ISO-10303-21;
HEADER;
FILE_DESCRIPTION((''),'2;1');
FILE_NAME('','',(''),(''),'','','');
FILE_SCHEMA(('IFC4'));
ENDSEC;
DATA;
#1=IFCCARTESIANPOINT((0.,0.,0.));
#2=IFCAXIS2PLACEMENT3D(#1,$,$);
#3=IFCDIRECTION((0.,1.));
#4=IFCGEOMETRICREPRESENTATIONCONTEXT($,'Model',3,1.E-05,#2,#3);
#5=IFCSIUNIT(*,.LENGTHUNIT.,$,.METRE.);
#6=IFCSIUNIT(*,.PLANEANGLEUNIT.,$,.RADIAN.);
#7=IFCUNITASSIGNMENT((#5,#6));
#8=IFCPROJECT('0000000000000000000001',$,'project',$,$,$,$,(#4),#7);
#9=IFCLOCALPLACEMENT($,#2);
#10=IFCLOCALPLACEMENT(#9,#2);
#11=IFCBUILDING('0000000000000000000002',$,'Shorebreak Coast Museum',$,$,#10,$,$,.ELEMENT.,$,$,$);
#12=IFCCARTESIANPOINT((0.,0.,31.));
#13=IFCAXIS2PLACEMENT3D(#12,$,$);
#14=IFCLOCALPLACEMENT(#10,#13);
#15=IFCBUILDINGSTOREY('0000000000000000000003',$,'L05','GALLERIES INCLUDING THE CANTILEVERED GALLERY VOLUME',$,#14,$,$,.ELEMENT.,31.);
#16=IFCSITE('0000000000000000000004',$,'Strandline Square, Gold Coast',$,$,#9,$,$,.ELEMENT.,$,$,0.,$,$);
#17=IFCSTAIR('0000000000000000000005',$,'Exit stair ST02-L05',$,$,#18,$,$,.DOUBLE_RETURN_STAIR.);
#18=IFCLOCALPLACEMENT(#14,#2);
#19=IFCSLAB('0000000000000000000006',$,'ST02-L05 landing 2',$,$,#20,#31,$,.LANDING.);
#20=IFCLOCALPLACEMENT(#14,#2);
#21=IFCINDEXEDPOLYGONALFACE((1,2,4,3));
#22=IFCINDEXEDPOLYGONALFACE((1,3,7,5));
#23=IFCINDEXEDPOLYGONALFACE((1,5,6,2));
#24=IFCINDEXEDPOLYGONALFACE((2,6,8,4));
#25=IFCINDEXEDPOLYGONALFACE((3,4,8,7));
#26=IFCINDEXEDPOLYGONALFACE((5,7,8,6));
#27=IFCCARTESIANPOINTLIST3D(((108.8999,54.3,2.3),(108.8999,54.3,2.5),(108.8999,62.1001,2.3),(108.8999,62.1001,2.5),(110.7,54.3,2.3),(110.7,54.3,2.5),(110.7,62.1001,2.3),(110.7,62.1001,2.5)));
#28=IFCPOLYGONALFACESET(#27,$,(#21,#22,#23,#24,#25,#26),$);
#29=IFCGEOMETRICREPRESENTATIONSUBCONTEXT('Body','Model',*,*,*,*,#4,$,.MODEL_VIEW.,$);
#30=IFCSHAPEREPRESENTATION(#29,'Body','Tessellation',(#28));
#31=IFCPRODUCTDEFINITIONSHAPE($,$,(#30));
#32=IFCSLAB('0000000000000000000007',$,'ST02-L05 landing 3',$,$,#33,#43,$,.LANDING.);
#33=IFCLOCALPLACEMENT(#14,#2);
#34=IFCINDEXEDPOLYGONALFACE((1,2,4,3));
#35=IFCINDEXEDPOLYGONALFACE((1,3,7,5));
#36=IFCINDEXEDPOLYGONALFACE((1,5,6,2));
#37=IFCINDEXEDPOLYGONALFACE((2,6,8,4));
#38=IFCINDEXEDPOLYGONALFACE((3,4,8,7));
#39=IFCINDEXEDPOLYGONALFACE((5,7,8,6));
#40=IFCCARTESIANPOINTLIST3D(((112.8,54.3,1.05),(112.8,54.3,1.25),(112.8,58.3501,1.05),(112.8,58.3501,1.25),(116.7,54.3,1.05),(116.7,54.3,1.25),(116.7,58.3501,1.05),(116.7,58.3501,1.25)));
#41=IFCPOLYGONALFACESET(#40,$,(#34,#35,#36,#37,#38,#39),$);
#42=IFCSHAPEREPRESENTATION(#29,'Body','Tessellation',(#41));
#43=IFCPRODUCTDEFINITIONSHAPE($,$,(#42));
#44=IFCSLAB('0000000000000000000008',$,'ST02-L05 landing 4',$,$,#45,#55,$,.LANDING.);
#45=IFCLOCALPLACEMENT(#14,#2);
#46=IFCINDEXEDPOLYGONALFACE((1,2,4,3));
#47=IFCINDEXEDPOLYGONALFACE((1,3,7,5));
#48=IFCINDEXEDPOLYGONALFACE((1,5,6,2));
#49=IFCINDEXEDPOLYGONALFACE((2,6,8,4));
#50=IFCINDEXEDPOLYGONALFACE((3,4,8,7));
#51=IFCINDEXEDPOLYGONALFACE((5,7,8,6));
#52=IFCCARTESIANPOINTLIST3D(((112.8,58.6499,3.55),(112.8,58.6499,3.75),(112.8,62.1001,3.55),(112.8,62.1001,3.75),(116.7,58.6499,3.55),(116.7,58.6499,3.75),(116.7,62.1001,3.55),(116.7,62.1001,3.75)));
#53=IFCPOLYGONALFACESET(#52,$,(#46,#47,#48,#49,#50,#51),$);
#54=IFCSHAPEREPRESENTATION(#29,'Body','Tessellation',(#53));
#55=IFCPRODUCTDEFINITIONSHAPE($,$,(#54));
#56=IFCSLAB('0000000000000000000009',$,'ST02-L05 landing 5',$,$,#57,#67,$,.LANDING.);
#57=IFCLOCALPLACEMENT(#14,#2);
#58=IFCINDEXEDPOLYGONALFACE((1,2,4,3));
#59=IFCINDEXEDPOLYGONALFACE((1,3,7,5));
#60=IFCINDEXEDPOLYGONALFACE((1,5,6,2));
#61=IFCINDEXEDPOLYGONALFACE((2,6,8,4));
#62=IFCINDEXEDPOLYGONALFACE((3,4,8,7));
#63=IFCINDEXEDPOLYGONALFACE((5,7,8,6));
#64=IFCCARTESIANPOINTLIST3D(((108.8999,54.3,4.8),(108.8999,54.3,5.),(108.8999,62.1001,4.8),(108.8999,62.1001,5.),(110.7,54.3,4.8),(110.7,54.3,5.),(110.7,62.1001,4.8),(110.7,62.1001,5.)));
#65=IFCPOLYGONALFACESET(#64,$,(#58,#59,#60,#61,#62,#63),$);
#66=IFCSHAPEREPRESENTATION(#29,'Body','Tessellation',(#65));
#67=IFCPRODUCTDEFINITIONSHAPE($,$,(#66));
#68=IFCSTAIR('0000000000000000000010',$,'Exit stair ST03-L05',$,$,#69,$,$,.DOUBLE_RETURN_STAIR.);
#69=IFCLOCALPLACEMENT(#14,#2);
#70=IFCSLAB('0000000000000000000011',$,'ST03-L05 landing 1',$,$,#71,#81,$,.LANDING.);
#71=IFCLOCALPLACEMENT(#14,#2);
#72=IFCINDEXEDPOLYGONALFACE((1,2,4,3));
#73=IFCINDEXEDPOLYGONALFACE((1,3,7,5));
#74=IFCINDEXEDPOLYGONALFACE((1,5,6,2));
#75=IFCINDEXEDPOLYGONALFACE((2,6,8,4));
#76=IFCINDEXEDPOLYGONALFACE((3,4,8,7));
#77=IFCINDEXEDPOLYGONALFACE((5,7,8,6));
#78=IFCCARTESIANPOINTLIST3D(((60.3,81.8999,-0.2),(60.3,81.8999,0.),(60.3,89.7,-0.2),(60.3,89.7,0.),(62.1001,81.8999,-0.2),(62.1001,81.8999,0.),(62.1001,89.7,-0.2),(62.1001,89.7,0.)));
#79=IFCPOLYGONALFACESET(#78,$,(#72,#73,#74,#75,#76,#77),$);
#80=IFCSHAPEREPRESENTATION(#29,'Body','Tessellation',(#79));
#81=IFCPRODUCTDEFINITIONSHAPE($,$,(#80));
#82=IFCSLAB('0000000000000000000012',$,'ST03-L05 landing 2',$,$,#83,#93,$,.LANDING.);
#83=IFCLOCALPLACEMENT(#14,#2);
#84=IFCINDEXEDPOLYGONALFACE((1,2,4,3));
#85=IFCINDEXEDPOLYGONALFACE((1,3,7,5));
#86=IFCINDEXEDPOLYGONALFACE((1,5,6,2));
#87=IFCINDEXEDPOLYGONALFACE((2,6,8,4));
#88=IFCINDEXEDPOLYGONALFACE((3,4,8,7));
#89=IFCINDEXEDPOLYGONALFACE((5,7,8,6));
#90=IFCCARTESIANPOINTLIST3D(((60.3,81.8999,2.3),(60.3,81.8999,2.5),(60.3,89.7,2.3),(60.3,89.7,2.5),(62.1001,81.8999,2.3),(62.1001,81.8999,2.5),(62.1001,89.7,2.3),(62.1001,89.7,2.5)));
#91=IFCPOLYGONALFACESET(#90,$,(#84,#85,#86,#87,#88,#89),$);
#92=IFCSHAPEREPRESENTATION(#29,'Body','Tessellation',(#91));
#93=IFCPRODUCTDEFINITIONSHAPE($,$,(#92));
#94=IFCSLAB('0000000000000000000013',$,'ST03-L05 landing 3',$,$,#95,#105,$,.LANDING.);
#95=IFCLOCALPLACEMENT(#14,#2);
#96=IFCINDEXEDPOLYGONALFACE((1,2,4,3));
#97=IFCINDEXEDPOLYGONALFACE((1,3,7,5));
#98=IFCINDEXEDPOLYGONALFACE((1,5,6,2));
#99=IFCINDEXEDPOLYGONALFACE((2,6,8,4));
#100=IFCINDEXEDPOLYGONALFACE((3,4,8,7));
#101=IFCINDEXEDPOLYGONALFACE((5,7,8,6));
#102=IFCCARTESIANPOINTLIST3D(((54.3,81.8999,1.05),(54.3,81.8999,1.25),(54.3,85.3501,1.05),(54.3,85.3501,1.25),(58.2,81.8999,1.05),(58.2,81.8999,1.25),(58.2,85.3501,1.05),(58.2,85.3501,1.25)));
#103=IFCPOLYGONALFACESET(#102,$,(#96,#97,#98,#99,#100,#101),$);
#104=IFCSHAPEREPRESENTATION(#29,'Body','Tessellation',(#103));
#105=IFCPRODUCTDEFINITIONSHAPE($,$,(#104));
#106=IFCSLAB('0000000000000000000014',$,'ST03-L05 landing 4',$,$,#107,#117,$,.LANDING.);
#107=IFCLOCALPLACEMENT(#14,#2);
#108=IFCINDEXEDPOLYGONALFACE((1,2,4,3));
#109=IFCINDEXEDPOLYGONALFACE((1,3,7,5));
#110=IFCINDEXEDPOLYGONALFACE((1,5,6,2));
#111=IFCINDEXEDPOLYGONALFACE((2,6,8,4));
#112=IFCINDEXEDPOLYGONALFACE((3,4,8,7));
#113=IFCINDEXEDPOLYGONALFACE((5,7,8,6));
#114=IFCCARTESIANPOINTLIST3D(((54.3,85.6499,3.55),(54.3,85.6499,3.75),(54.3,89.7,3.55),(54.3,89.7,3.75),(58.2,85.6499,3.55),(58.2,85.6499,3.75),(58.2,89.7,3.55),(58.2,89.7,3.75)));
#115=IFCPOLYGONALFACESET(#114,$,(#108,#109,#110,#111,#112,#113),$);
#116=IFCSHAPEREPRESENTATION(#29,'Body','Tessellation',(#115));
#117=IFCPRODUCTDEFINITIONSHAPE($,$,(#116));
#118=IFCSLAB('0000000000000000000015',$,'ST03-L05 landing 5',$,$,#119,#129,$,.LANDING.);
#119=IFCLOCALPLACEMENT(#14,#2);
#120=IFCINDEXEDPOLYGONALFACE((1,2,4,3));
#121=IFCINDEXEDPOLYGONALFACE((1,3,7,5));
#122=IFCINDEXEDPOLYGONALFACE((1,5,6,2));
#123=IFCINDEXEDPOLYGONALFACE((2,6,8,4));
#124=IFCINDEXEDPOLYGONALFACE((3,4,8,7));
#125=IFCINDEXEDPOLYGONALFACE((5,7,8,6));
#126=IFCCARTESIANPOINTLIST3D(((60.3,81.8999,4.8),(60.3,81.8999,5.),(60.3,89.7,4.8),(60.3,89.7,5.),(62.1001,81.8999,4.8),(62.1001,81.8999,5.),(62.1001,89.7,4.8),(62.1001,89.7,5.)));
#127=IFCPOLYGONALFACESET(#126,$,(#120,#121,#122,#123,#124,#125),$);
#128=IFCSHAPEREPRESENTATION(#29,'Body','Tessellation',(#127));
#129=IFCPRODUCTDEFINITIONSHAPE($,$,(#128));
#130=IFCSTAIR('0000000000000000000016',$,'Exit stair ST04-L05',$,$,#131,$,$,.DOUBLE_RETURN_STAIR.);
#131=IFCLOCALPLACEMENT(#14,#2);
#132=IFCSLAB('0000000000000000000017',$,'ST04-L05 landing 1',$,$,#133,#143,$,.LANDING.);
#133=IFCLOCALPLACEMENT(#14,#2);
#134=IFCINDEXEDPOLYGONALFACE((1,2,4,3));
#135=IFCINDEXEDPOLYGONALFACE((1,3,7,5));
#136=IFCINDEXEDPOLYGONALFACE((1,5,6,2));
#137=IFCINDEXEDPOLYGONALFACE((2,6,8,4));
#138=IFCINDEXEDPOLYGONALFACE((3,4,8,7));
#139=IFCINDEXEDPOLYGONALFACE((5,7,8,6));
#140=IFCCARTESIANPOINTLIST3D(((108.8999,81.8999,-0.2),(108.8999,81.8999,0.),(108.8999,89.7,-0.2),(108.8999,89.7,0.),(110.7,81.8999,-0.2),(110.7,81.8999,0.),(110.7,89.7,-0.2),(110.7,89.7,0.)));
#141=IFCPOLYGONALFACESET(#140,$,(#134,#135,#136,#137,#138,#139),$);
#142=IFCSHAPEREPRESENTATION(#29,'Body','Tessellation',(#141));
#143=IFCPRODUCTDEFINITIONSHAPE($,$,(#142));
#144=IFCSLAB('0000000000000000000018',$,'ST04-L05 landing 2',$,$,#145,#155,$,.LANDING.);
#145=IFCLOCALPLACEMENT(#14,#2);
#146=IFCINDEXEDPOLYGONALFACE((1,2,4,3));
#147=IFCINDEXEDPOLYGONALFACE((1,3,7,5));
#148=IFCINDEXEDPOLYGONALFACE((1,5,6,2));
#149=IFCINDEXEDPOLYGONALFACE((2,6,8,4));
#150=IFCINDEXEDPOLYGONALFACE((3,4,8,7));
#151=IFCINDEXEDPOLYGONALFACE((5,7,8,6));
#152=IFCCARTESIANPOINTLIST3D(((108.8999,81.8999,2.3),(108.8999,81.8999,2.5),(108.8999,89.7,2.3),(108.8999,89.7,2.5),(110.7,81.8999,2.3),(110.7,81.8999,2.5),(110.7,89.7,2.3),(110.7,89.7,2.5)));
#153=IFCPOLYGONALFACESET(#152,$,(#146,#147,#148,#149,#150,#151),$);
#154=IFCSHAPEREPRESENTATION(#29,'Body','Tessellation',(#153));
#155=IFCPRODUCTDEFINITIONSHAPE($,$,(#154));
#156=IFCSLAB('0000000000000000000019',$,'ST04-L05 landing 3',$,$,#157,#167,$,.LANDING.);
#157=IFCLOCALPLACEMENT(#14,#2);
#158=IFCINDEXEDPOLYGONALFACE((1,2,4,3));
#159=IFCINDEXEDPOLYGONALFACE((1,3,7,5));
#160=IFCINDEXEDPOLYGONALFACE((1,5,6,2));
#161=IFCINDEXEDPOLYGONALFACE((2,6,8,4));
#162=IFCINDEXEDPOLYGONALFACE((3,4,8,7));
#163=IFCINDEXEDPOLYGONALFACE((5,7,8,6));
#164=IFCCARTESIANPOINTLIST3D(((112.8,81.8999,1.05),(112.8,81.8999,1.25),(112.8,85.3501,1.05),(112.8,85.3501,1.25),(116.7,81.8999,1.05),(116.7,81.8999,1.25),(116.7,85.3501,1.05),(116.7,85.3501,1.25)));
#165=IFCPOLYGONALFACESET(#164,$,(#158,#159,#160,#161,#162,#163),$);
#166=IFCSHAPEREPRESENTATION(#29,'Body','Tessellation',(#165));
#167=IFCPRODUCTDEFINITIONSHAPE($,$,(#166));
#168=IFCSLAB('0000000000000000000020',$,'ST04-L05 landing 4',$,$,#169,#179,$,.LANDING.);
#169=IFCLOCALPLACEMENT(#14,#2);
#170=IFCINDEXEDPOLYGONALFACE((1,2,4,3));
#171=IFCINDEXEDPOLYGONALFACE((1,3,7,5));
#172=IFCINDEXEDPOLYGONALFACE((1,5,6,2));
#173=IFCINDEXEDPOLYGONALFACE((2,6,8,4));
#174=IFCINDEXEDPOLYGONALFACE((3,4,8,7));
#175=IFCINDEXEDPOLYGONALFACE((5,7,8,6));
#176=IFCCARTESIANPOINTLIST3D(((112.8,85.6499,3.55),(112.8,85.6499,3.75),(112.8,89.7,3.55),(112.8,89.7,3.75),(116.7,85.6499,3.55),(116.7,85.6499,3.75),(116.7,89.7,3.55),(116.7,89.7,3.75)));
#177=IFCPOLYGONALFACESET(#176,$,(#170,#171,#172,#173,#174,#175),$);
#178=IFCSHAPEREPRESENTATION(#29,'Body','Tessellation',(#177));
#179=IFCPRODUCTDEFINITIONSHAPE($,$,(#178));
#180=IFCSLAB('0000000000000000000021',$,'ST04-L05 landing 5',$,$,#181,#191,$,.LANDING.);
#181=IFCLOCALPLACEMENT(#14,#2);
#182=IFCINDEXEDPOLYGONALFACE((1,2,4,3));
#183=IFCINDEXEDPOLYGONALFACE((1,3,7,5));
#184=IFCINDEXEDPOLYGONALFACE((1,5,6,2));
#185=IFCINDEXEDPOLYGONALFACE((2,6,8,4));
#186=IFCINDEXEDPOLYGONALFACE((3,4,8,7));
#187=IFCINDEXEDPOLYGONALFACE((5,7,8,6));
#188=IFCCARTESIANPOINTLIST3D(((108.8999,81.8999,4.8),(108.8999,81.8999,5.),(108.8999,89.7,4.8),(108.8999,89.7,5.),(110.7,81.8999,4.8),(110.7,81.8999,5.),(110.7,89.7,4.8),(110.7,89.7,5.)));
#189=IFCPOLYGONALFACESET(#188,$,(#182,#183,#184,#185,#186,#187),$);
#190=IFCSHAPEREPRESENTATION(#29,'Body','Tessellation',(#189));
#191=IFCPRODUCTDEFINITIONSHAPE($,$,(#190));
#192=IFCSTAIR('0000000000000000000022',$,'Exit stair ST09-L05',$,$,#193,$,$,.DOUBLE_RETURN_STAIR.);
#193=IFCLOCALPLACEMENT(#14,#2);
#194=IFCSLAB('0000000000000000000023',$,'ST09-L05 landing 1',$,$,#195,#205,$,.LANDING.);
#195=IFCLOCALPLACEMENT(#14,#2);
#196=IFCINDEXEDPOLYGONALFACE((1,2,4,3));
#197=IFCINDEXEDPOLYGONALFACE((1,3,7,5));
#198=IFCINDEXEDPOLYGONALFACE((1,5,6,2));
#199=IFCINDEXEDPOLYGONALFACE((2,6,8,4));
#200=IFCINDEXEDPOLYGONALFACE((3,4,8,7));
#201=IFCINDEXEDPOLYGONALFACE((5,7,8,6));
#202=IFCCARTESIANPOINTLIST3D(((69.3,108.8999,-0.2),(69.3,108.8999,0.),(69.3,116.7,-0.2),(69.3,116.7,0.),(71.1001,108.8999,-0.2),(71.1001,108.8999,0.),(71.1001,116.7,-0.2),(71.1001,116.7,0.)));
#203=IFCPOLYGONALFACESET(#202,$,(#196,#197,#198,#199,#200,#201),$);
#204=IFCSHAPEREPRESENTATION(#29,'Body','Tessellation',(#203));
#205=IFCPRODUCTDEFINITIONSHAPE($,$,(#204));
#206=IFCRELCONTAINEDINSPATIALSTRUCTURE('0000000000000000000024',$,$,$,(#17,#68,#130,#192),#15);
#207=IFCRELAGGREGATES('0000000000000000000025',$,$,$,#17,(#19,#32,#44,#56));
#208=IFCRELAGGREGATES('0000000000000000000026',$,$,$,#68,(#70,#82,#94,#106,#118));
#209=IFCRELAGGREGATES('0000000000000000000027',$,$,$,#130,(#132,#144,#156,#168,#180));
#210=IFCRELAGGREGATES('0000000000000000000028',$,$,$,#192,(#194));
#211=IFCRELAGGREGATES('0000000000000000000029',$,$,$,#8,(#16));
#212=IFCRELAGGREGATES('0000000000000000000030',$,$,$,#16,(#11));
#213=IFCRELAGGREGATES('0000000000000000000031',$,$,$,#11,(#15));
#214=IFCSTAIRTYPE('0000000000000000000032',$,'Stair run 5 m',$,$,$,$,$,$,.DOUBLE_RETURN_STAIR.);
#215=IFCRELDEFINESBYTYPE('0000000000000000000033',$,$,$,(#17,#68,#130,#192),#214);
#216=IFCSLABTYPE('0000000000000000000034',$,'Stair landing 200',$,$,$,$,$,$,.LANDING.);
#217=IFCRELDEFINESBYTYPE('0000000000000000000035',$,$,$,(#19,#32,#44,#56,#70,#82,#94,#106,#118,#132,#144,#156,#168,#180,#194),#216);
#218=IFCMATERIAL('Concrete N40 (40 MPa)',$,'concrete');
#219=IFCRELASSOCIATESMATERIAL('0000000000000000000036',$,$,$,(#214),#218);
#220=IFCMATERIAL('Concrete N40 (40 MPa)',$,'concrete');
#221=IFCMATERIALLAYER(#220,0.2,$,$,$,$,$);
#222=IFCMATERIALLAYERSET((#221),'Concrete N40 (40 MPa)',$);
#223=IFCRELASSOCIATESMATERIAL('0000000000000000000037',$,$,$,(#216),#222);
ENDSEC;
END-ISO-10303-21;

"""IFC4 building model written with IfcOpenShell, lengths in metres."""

from ifc_helpers import new_model, si_unit, direction, frame, origin, place, context, subcontext, project, spatial, polyline, outline, extrude, material, layer, layer_set, type_object, element, aggregate, save


model = new_model("IFC4")

# Units and contexts
model_context = context("Model", 3, precision=1e-05, world=origin(), true_north=direction((0.0, 1.0)))
body_context = subcontext(model_context, "Body", "Model", "MODEL_VIEW")
ifc_project = project(units=[si_unit("LENGTHUNIT", "METRE"), si_unit("PLANEANGLEUNIT", "RADIAN")], contexts=[model_context])

# Site, building, storey
site_placement = place(None, origin())
site = spatial("IfcSite", under=ifc_project, at=site_placement, Name="Strandline Square, Gold Coast", CompositionType="ELEMENT", RefElevation=0.0)
building_placement = place(site_placement, origin())
building = spatial("IfcBuilding", under=site, at=building_placement, Name="Shorebreak Coast Museum", CompositionType="ELEMENT")
storey_placement = place(building_placement, frame((0.0, 0.0, 31.0)))
storey = spatial("IfcBuildingStorey", under=building, at=storey_placement, Name="L05", Description="GALLERIES INCLUDING THE CANTILEVERED GALLERY VOLUME", CompositionType="ELEMENT", Elevation=31.0)

# Stairs, slabs
ifc_material_1 = material(Name="Concrete N40 (40 MPa)", Category="concrete")
stair_type = type_object("IfcStairType", Name="Stair run 5 m", PredefinedType="DOUBLE_RETURN_STAIR", material=ifc_material_1)
ifc_material_2 = material(Name="Concrete N40 (40 MPa)", Category="concrete")
ifc_layer_1 = layer(ifc_material_2, 0.2)
ifc_layer_set_1 = layer_set([ifc_layer_1], Name="Concrete N40 (40 MPa)")
slab_type_1 = type_object("IfcSlabType", Name="Stair landing 200", PredefinedType="LANDING", material=ifc_layer_set_1)
stair_1_placement = place(storey_placement, origin())
stair_1 = element("IfcStair", 1, at=stair_1_placement, inside=storey, type_object=stair_type, Name="Exit stair ST02-L05", PredefinedType="DOUBLE_RETURN_STAIR")
slab_1_placement = place(storey_placement, frame((0.0, 0.0, 2.3)))
slab_1 = element("IfcSlab", 2, at=slab_1_placement, type_object=slab_type_1, Name="ST02-L05 landing 2", PredefinedType="LANDING", context=body_context, shape_type="SweptSolid", body=[
    extrude(outline(polyline([(108.8999, 54.3), (110.7, 54.3), (110.7, 62.1001), (108.8999, 62.1001), (108.8999, 54.3)])), origin(), (0.0, 0.0, 1.0), 0.2),
])
slab_2_placement = place(storey_placement, frame((0.0, 0.0, 1.05)))
slab_2 = element("IfcSlab", 3, at=slab_2_placement, type_object=slab_type_1, Name="ST02-L05 landing 3", PredefinedType="LANDING", context=body_context, shape_type="SweptSolid", body=[
    extrude(outline(polyline([(112.8, 54.3), (116.7, 54.3), (116.7, 58.3501), (112.8, 58.3501), (112.8, 54.3)])), origin(), (0.0, 0.0, 1.0), 0.2),
])
slab_3_placement = place(storey_placement, frame((0.0, 0.0, 3.55)))
slab_3 = element("IfcSlab", 4, at=slab_3_placement, type_object=slab_type_1, Name="ST02-L05 landing 4", PredefinedType="LANDING", context=body_context, shape_type="SweptSolid", body=[
    extrude(outline(polyline([(112.8, 58.6499), (116.7, 58.6499), (116.7, 62.1001), (112.8, 62.1001), (112.8, 58.6499)])), origin(), (0.0, 0.0, 1.0), 0.2),
])
slab_4_placement = place(storey_placement, frame((0.0, 0.0, 4.8)))
slab_4 = element("IfcSlab", 5, at=slab_4_placement, type_object=slab_type_1, Name="ST02-L05 landing 5", PredefinedType="LANDING", context=body_context, shape_type="SweptSolid", body=[
    extrude(outline(polyline([(108.8999, 54.3), (110.7, 54.3), (110.7, 62.1001), (108.8999, 62.1001), (108.8999, 54.3)])), origin(), (0.0, 0.0, 1.0), 0.2),
])
aggregate(stair_1, [slab_1, slab_2, slab_3, slab_4])
stair_2_placement = place(storey_placement, origin())
stair_2 = element("IfcStair", 6, at=stair_2_placement, inside=storey, type_object=stair_type, Name="Exit stair ST03-L05", PredefinedType="DOUBLE_RETURN_STAIR")
slab_5_placement = place(storey_placement, frame((0.0, 0.0, -0.2)))
slab_5 = element("IfcSlab", 7, at=slab_5_placement, type_object=slab_type_1, Name="ST03-L05 landing 1", PredefinedType="LANDING", context=body_context, shape_type="SweptSolid", body=[
    extrude(outline(polyline([(60.3, 81.8999), (62.1001, 81.8999), (62.1001, 89.7), (60.3, 89.7), (60.3, 81.8999)])), origin(), (0.0, 0.0, 1.0), 0.2),
])
slab_6_placement = place(storey_placement, frame((0.0, 0.0, 2.3)))
slab_6 = element("IfcSlab", 8, at=slab_6_placement, type_object=slab_type_1, Name="ST03-L05 landing 2", PredefinedType="LANDING", context=body_context, shape_type="SweptSolid", body=[
    extrude(outline(polyline([(60.3, 81.8999), (62.1001, 81.8999), (62.1001, 89.7), (60.3, 89.7), (60.3, 81.8999)])), origin(), (0.0, 0.0, 1.0), 0.2),
])
slab_7_placement = place(storey_placement, frame((0.0, 0.0, 1.05)))
slab_7 = element("IfcSlab", 9, at=slab_7_placement, type_object=slab_type_1, Name="ST03-L05 landing 3", PredefinedType="LANDING", context=body_context, shape_type="SweptSolid", body=[
    extrude(outline(polyline([(54.3, 81.8999), (58.2, 81.8999), (58.2, 85.3501), (54.3, 85.3501), (54.3, 81.8999)])), origin(), (0.0, 0.0, 1.0), 0.2),
])
slab_8_placement = place(storey_placement, frame((0.0, 0.0, 3.55)))
slab_8 = element("IfcSlab", 10, at=slab_8_placement, type_object=slab_type_1, Name="ST03-L05 landing 4", PredefinedType="LANDING", context=body_context, shape_type="SweptSolid", body=[
    extrude(outline(polyline([(54.3, 85.6499), (58.2, 85.6499), (58.2, 89.7), (54.3, 89.7), (54.3, 85.6499)])), origin(), (0.0, 0.0, 1.0), 0.2),
])
slab_9_placement = place(storey_placement, frame((0.0, 0.0, 4.8)))
slab_9 = element("IfcSlab", 11, at=slab_9_placement, type_object=slab_type_1, Name="ST03-L05 landing 5", PredefinedType="LANDING", context=body_context, shape_type="SweptSolid", body=[
    extrude(outline(polyline([(60.3, 81.8999), (62.1001, 81.8999), (62.1001, 89.7), (60.3, 89.7), (60.3, 81.8999)])), origin(), (0.0, 0.0, 1.0), 0.2),
])
aggregate(stair_2, [slab_5, slab_6, slab_7, slab_8, slab_9])
stair_3_placement = place(storey_placement, origin())
stair_3 = element("IfcStair", 12, at=stair_3_placement, inside=storey, type_object=stair_type, Name="Exit stair ST04-L05", PredefinedType="DOUBLE_RETURN_STAIR")
slab_10_placement = place(storey_placement, frame((0.0, 0.0, -0.2)))
slab_10 = element("IfcSlab", 13, at=slab_10_placement, type_object=slab_type_1, Name="ST04-L05 landing 1", PredefinedType="LANDING", context=body_context, shape_type="SweptSolid", body=[
    extrude(outline(polyline([(108.8999, 81.8999), (110.7, 81.8999), (110.7, 89.7), (108.8999, 89.7), (108.8999, 81.8999)])), origin(), (0.0, 0.0, 1.0), 0.2),
])
slab_11_placement = place(storey_placement, frame((0.0, 0.0, 2.3)))
slab_11 = element("IfcSlab", 14, at=slab_11_placement, type_object=slab_type_1, Name="ST04-L05 landing 2", PredefinedType="LANDING", context=body_context, shape_type="SweptSolid", body=[
    extrude(outline(polyline([(108.8999, 81.8999), (110.7, 81.8999), (110.7, 89.7), (108.8999, 89.7), (108.8999, 81.8999)])), origin(), (0.0, 0.0, 1.0), 0.2),
])
slab_12_placement = place(storey_placement, frame((0.0, 0.0, 1.05)))
slab_12 = element("IfcSlab", 15, at=slab_12_placement, type_object=slab_type_1, Name="ST04-L05 landing 3", PredefinedType="LANDING", context=body_context, shape_type="SweptSolid", body=[
    extrude(outline(polyline([(112.8, 81.8999), (116.7, 81.8999), (116.7, 85.3501), (112.8, 85.3501), (112.8, 81.8999)])), origin(), (0.0, 0.0, 1.0), 0.2),
])
slab_13_placement = place(storey_placement, frame((0.0, 0.0, 3.55)))
slab_13 = element("IfcSlab", 16, at=slab_13_placement, type_object=slab_type_1, Name="ST04-L05 landing 4", PredefinedType="LANDING", context=body_context, shape_type="SweptSolid", body=[
    extrude(outline(polyline([(112.8, 85.6499), (116.7, 85.6499), (116.7, 89.7), (112.8, 89.7), (112.8, 85.6499)])), origin(), (0.0, 0.0, 1.0), 0.2),
])
slab_14_placement = place(storey_placement, frame((0.0, 0.0, 4.8)))
slab_14 = element("IfcSlab", 17, at=slab_14_placement, type_object=slab_type_1, Name="ST04-L05 landing 5", PredefinedType="LANDING", context=body_context, shape_type="SweptSolid", body=[
    extrude(outline(polyline([(108.8999, 81.8999), (110.7, 81.8999), (110.7, 89.7), (108.8999, 89.7), (108.8999, 81.8999)])), origin(), (0.0, 0.0, 1.0), 0.2),
])
aggregate(stair_3, [slab_10, slab_11, slab_12, slab_13, slab_14])
stair_4_placement = place(storey_placement, origin())
stair_4 = element("IfcStair", 18, at=stair_4_placement, inside=storey, type_object=stair_type, Name="Exit stair ST09-L05", PredefinedType="DOUBLE_RETURN_STAIR")
slab_15_placement = place(storey_placement, frame((0.0, 0.0, -0.2)))
slab_15 = element("IfcSlab", 19, at=slab_15_placement, type_object=slab_type_1, Name="ST09-L05 landing 1", PredefinedType="LANDING", context=body_context, shape_type="SweptSolid", body=[
    extrude(outline(polyline([(69.3, 108.8999), (71.1001, 108.8999), (71.1001, 116.7), (69.3, 116.7), (69.3, 108.8999)])), origin(), (0.0, 0.0, 1.0), 0.2),
])
aggregate(stair_4, [slab_15])

save(model, "model.ifc")
